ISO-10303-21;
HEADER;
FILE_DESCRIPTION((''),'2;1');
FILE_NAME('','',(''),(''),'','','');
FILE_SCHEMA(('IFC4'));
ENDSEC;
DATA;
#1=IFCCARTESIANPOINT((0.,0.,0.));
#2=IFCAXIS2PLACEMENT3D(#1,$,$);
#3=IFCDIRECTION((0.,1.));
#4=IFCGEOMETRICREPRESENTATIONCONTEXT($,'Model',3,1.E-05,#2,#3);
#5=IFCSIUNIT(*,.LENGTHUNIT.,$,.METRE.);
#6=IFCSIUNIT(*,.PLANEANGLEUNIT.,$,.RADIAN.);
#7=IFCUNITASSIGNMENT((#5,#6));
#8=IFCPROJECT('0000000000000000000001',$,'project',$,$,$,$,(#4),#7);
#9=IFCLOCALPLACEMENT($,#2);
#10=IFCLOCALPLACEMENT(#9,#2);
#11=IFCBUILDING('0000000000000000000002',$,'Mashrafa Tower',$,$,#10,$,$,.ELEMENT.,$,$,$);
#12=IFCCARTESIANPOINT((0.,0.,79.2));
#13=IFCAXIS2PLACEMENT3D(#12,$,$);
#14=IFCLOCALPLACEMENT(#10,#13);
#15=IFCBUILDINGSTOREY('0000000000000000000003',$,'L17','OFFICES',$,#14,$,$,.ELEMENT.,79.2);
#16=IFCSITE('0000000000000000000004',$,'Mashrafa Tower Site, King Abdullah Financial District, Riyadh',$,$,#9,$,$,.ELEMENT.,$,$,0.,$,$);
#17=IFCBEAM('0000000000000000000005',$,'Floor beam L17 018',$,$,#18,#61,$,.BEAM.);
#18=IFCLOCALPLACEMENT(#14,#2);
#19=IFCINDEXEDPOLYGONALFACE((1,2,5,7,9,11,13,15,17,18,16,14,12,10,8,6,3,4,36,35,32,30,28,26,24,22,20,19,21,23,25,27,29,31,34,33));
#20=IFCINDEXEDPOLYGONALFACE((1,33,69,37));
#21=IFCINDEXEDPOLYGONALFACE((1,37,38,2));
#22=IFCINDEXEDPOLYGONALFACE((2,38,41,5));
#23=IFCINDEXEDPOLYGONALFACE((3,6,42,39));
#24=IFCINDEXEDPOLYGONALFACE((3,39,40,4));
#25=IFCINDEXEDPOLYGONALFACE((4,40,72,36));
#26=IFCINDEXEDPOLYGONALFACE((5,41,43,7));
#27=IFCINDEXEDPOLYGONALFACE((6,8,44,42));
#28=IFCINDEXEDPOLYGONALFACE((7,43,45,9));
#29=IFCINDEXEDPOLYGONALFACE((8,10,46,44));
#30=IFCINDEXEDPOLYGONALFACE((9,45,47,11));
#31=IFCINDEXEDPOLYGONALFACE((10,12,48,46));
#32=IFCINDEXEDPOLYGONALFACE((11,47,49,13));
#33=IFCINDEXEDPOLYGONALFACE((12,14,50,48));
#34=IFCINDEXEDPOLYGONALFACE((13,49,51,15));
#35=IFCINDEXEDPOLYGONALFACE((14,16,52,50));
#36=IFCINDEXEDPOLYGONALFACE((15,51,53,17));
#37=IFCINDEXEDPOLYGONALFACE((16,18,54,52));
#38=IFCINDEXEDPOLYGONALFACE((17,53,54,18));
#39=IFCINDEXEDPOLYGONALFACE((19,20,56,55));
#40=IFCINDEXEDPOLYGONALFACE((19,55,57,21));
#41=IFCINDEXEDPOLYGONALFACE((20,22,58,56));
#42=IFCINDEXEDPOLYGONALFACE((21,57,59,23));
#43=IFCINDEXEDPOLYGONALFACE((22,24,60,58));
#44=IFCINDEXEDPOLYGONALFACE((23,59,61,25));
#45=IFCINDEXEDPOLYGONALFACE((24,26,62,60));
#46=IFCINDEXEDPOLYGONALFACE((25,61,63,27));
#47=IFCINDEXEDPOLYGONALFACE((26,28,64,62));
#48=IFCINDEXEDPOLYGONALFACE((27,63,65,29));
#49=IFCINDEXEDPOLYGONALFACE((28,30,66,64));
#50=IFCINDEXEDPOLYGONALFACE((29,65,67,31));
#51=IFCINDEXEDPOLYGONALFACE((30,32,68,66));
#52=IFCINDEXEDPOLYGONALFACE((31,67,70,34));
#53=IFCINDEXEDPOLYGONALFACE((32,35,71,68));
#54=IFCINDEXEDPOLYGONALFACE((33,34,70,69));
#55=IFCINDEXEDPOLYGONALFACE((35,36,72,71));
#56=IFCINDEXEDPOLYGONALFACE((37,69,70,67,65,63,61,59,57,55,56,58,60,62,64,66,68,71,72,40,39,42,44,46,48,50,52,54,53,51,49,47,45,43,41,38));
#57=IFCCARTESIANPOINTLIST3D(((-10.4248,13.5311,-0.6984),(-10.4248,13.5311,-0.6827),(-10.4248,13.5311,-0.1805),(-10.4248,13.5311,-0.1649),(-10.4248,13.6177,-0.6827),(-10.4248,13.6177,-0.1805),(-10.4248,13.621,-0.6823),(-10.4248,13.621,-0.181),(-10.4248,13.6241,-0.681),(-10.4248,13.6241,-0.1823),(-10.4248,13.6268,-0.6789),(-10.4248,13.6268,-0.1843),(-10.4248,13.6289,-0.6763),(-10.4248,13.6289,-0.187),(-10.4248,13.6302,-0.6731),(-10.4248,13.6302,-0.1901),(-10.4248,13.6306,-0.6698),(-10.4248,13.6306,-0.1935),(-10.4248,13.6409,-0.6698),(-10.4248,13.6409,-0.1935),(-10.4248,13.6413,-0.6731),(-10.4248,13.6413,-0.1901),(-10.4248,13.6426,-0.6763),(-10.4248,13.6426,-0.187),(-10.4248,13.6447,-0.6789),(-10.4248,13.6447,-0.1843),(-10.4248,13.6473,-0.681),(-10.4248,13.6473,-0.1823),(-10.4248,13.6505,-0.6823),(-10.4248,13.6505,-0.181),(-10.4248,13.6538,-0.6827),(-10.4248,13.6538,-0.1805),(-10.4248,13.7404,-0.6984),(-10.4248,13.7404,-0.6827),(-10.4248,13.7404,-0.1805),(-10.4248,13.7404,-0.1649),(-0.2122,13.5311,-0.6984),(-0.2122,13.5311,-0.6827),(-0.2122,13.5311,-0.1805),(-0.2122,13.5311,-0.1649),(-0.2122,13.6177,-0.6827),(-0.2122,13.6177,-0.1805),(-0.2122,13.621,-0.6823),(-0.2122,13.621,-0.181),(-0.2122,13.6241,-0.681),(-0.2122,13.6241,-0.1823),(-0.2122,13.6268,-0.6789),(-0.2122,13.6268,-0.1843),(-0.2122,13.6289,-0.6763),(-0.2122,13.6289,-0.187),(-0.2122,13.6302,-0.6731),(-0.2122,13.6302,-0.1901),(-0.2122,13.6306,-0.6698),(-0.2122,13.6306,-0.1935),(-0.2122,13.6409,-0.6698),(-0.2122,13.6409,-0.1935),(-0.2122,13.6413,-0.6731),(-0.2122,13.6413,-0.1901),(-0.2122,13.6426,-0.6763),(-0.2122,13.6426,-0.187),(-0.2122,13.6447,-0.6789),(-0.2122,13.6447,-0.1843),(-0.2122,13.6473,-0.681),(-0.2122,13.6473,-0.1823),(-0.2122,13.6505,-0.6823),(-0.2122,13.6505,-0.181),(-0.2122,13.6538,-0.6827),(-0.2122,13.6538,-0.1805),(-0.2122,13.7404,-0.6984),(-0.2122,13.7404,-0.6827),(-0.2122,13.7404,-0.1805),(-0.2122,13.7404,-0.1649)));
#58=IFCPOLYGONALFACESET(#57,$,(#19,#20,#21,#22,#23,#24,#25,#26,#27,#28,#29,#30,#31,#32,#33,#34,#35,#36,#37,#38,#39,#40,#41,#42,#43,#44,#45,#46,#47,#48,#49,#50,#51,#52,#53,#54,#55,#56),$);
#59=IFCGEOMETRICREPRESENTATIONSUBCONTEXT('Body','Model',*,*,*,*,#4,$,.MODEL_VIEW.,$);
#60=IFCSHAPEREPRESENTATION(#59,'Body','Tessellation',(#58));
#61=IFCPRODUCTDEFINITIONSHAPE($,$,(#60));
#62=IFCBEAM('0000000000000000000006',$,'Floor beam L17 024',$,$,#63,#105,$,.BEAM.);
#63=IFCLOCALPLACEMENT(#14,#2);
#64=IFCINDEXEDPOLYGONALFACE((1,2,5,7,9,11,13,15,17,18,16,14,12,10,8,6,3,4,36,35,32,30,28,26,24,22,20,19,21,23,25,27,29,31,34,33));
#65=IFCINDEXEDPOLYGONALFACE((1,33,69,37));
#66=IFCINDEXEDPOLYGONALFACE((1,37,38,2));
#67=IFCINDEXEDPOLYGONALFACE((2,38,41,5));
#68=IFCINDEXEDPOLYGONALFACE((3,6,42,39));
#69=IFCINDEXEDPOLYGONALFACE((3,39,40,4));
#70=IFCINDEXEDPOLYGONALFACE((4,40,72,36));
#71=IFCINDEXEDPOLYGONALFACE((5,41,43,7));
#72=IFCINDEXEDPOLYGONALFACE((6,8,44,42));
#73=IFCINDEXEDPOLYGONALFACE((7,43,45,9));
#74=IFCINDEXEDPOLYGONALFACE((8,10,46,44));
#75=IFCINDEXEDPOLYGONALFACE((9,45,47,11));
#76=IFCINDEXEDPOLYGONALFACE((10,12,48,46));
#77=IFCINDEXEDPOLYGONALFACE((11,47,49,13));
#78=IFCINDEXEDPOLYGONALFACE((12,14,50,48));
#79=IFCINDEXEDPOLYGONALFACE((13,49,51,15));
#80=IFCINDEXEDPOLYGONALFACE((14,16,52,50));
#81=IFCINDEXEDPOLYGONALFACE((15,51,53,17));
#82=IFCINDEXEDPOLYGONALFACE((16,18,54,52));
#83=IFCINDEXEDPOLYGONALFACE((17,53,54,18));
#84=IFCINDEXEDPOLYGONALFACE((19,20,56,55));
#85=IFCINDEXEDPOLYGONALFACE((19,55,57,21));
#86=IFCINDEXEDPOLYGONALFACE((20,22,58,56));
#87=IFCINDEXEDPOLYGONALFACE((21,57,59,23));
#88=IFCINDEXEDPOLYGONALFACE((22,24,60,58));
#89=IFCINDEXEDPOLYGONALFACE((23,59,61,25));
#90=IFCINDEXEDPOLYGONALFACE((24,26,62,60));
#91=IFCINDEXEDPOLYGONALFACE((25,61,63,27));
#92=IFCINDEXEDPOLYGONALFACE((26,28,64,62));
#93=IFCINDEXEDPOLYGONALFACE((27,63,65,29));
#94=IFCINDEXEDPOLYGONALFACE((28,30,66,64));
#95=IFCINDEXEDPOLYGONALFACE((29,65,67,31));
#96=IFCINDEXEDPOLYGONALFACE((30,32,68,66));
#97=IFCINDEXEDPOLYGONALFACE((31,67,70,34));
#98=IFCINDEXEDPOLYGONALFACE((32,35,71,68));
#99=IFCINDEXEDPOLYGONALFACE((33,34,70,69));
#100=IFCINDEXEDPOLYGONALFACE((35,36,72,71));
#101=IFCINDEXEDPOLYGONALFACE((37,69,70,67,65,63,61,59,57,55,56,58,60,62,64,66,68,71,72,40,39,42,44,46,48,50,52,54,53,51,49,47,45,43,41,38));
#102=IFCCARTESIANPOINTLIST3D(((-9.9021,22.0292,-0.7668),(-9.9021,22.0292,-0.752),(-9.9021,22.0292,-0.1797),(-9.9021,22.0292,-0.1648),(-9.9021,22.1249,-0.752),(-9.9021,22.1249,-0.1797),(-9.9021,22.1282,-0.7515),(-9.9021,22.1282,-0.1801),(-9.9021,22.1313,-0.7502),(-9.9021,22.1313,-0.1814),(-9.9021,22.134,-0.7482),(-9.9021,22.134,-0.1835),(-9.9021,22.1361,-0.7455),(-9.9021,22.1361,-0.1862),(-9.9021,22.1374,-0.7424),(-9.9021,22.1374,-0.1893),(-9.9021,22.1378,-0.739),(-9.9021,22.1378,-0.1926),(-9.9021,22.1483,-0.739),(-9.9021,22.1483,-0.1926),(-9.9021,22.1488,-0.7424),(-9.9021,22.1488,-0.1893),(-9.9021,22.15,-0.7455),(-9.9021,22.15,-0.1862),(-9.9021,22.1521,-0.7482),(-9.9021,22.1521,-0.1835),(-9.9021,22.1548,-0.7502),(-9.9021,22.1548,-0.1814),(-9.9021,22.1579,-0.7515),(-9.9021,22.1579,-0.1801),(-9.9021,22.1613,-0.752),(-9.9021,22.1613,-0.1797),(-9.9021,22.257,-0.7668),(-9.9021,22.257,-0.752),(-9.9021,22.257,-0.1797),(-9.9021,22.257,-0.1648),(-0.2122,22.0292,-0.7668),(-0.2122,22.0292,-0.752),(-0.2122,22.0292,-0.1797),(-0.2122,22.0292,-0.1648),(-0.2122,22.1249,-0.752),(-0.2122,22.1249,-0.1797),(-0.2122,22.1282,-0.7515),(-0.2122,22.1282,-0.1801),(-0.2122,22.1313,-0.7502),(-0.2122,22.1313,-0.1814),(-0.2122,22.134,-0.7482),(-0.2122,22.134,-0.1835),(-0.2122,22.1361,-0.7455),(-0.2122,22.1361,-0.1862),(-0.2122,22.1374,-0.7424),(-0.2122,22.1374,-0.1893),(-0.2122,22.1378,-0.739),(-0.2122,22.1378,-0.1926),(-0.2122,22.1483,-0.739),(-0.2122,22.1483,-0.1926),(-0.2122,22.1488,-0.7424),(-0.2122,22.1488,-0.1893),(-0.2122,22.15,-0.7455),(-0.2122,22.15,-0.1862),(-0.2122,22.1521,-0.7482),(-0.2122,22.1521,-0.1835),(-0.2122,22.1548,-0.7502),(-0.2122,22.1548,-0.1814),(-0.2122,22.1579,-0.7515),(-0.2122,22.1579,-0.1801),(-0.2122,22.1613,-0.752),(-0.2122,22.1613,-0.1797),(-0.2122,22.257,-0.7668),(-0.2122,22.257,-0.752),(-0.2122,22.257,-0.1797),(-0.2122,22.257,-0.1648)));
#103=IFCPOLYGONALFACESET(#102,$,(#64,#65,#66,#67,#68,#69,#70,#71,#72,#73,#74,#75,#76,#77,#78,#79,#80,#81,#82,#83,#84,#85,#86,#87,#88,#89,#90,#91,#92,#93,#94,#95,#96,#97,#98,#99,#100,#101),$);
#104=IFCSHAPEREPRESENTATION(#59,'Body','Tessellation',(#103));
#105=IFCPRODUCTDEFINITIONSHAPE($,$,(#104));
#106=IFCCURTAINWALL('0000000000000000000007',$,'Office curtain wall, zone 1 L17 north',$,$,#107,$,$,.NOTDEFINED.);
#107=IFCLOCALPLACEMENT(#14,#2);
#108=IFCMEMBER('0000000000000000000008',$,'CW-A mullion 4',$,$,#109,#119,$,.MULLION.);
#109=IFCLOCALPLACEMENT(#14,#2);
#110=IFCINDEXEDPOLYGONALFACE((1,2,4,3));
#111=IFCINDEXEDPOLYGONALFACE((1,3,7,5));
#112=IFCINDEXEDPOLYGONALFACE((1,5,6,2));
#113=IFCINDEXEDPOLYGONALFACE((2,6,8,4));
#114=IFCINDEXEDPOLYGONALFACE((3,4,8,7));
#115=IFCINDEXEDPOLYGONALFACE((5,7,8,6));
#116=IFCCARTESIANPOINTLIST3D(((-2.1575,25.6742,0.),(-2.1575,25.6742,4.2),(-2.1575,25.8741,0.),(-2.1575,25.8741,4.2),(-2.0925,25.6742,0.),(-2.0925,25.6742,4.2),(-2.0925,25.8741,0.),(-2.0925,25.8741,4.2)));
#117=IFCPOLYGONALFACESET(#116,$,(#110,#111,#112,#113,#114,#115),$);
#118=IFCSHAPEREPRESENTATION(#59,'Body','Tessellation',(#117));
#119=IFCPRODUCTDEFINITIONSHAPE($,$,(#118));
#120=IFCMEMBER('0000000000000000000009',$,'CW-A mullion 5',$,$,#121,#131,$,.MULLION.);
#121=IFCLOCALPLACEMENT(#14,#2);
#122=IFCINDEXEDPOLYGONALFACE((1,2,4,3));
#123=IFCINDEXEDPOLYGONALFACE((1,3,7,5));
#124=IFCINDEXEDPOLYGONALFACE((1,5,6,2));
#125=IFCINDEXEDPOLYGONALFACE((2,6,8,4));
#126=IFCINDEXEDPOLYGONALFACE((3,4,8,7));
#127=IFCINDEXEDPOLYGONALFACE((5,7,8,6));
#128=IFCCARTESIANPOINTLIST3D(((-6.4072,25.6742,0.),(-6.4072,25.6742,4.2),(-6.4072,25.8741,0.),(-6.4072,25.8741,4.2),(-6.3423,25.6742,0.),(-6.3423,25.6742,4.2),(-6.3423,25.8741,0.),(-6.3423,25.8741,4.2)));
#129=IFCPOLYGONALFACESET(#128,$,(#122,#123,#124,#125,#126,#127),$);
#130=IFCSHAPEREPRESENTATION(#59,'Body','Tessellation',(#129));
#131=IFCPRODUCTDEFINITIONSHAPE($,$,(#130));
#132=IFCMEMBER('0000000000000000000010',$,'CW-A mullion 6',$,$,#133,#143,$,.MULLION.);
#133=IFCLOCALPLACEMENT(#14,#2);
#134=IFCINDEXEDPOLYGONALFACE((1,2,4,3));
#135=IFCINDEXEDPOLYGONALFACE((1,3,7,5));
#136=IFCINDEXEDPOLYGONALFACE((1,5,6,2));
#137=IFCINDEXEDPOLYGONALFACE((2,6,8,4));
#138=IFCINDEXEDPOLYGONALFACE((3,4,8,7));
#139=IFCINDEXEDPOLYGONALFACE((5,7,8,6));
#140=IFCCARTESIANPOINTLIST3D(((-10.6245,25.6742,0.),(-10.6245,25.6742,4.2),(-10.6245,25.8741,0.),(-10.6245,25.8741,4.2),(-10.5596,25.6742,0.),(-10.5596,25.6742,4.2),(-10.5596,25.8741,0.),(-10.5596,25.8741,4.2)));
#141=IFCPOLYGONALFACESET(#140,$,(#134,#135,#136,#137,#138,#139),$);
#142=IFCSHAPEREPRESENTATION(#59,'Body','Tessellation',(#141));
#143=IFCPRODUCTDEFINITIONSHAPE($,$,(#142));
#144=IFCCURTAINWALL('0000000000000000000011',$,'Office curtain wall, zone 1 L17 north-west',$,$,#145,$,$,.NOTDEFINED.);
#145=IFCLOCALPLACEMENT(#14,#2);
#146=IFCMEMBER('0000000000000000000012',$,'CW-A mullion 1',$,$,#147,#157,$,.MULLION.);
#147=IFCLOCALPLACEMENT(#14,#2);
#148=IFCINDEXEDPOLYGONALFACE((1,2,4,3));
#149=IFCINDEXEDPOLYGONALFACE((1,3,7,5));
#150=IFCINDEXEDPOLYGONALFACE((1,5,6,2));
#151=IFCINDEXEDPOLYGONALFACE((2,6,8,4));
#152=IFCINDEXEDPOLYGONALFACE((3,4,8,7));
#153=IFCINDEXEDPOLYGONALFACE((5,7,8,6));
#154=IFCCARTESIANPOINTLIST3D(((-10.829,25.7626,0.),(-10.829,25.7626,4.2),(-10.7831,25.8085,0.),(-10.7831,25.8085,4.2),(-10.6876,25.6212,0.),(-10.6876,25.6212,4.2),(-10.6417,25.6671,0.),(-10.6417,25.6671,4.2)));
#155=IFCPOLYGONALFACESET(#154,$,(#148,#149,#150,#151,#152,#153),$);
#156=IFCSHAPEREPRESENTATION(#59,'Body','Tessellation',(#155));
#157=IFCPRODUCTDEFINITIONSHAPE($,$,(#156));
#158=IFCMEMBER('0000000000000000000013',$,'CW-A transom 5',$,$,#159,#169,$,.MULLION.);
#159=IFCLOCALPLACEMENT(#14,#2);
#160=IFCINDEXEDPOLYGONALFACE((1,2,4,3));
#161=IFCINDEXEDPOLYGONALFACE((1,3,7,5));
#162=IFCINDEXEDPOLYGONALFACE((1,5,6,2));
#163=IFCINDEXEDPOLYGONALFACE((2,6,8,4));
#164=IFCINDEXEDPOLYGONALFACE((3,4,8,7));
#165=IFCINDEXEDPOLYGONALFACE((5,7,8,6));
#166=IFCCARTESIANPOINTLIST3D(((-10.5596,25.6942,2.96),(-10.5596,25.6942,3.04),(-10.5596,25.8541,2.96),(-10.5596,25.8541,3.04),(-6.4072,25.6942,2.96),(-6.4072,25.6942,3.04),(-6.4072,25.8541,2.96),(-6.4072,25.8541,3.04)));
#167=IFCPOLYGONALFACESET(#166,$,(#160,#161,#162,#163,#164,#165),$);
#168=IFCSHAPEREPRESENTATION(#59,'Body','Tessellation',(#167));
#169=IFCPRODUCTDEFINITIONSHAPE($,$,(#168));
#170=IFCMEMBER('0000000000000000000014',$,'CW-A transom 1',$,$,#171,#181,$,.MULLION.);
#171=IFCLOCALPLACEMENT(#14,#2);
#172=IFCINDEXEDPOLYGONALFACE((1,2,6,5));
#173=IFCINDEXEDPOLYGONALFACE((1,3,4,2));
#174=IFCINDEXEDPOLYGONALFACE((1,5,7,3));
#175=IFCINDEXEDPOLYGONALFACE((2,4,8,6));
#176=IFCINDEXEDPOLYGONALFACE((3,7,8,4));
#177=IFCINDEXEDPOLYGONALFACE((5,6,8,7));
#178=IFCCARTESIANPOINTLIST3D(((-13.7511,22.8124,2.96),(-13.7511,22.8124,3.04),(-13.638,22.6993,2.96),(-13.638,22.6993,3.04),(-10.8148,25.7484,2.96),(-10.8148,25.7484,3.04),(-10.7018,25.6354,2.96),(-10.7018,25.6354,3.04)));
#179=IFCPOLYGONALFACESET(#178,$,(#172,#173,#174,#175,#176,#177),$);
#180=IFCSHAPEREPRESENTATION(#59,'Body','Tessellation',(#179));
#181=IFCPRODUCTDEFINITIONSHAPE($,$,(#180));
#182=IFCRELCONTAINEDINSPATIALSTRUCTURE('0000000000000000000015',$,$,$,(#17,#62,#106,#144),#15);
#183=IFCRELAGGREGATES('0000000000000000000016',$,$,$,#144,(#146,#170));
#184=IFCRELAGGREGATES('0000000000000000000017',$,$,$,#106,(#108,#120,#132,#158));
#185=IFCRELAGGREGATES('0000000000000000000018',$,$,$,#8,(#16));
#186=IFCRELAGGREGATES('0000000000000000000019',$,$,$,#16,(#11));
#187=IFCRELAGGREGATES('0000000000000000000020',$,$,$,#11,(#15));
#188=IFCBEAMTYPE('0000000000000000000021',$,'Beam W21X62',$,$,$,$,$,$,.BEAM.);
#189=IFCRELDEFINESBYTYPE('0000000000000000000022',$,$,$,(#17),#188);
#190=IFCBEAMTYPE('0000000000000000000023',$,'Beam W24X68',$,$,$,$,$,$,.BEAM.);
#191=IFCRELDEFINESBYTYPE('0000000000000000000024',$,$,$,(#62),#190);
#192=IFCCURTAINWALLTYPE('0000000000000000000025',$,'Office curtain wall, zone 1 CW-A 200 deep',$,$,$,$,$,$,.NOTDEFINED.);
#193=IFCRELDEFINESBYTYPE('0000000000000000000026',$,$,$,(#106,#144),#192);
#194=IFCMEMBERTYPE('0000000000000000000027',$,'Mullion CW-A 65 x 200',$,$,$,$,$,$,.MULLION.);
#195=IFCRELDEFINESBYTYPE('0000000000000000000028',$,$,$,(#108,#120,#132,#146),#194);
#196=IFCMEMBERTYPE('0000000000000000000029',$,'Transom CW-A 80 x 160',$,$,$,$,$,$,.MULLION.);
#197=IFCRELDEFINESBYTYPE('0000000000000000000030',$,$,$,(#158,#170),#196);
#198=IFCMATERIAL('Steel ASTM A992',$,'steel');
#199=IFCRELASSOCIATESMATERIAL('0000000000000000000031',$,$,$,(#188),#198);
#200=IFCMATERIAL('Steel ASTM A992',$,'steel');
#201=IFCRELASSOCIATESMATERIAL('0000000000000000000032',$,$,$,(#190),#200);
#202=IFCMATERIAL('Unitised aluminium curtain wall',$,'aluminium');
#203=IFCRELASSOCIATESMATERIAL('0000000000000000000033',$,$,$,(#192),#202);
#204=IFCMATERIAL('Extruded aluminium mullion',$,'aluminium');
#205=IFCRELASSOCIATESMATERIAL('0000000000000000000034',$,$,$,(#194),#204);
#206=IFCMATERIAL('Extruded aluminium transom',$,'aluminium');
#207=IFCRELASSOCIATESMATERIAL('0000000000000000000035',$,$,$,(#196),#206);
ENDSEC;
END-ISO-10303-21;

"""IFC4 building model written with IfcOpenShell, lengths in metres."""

from ifc_helpers import new_model, si_unit, direction, frame, origin, origin_2d, place, context, subcontext, project, spatial, rectangle, i_section, extrude, source, transform, mapped, material, material_profile, profile_set, type_object, type_shapes, element, aggregate, save


model = new_model("IFC4")

# Units and contexts
model_context = context("Model", 3, precision=1e-05, world=origin(), true_north=direction((0.0, 1.0)))
body_context = subcontext(model_context, "Body", "Model", "MODEL_VIEW")
ifc_project = project(units=[si_unit("LENGTHUNIT", "METRE"), si_unit("PLANEANGLEUNIT", "RADIAN")], contexts=[model_context])

# Site, building, storey
site_placement = place(None, origin())
site = spatial("IfcSite", under=ifc_project, at=site_placement, Name="Mashrafa Tower Site, King Abdullah Financial District, Riyadh", CompositionType="ELEMENT", RefElevation=0.0)
building_placement = place(site_placement, origin())
building = spatial("IfcBuilding", under=site, at=building_placement, Name="Mashrafa Tower", CompositionType="ELEMENT")
storey_placement = place(building_placement, frame((0.0, 0.0, 79.2)))
storey = spatial("IfcBuildingStorey", under=building, at=storey_placement, Name="L17", Description="OFFICES", CompositionType="ELEMENT", Elevation=79.2)

# Beams
ifc_material_1 = material(Name="Steel ASTM A992", Category="steel")
ifc_material_profile_1 = material_profile(ifc_material_1, i_section(OverallWidth=0.2092, OverallDepth=0.5334, WebThickness=0.0103, FlangeThickness=0.0156, FilletRadius=0.0129, at=origin_2d()), Name="W21X62")
ifc_profile_set_1 = profile_set([ifc_material_profile_1], Name="Steel ASTM A992")
beam_type_1 = type_object("IfcBeamType", Name="Beam W21X62", PredefinedType="BEAM", material=ifc_profile_set_1)
beam_1_placement = place(storey_placement, frame((-10.4248, 13.6357, -0.4316), z_axis=(1.0, 0.0, 0.0), x_axis=(0.0, 1.0, 0.0)))
element("IfcBeam", 1, at=beam_1_placement, inside=storey, type_object=beam_type_1, Name="Floor beam L17 018", PredefinedType="BEAM", context=body_context, shape_type="SweptSolid", body=[
    extrude(i_section(OverallWidth=0.2092, OverallDepth=0.5334, WebThickness=0.0103, FlangeThickness=0.0156, FilletRadius=0.0129, at=origin_2d()), origin(), (0.0, 0.0, 1.0), 10.2126),
])
ifc_material_2 = material(Name="Steel ASTM A992", Category="steel")
ifc_material_profile_2 = material_profile(ifc_material_2, i_section(OverallWidth=0.2278, OverallDepth=0.6021, WebThickness=0.0105, FlangeThickness=0.0149, FilletRadius=0.0129, at=origin_2d()), Name="W24X68")
ifc_profile_set_2 = profile_set([ifc_material_profile_2], Name="Steel ASTM A992")
beam_type_2 = type_object("IfcBeamType", Name="Beam W24X68", PredefinedType="BEAM", material=ifc_profile_set_2)
beam_2_placement = place(storey_placement, frame((-9.9021, 22.1431, -0.4658), z_axis=(1.0, 0.0, 0.0), x_axis=(0.0, 1.0, 0.0)))
element("IfcBeam", 2, at=beam_2_placement, inside=storey, type_object=beam_type_2, Name="Floor beam L17 024", PredefinedType="BEAM", context=body_context, shape_type="SweptSolid", body=[
    extrude(i_section(OverallWidth=0.2278, OverallDepth=0.6021, WebThickness=0.0105, FlangeThickness=0.0149, FilletRadius=0.0129, at=origin_2d()), origin(), (0.0, 0.0, 1.0), 9.6899),
])

# Curtain wall, members
ifc_material_3 = material(Name="Unitised aluminium curtain wall", Category="aluminium")
curtain_wall_type = type_object("IfcCurtainWallType", Name="Office curtain wall, zone 1 CW-A 200 deep", PredefinedType="NOTDEFINED", material=ifc_material_3)
curtain_wall_1_placement = place(storey_placement, origin())
curtain_wall_1 = element("IfcCurtainWall", 3, at=curtain_wall_1_placement, inside=storey, type_object=curtain_wall_type, Name="Office curtain wall, zone 1 L17 north", PredefinedType="NOTDEFINED")
ifc_material_4 = material(Name="Extruded aluminium mullion", Category="aluminium")
ifc_material_profile_3 = material_profile(ifc_material_4, rectangle(XDim=0.2, YDim=0.0649, at=origin_2d()), Name="Mullion 65x200")
ifc_profile_set_3 = profile_set([ifc_material_profile_3], Name="Extruded aluminium mullion")
member_type_1 = type_object("IfcMemberType", Name="Mullion CW-A 65 x 200", PredefinedType="MULLION", material=ifc_profile_set_3)
shared_shape_1 = source(origin(), body_context, "Body", "SweptSolid", [
    extrude(rectangle(XDim=0.2, YDim=0.0649, at=origin_2d()), origin(), (0.0, 0.0, 1.0), 4.2),
])
type_shapes(member_type_1, [shared_shape_1])
member_1_placement = place(storey_placement, frame((-2.125, 25.7742, 0.0), z_axis=(0.0, 0.0, 1.0), x_axis=(0.0, -1.0, 0.0)))
member_1 = element("IfcMember", 4, at=member_1_placement, type_object=member_type_1, Name="CW-A mullion 4", PredefinedType="MULLION", context=body_context, shape_type="MappedRepresentation", body=[
    mapped(shared_shape_1, transform((0.0, 0.0, 0.0))),
])
member_2_placement = place(storey_placement, frame((-6.3748, 25.7742, 0.0), z_axis=(0.0, 0.0, 1.0), x_axis=(0.0, -1.0, 0.0)))
member_2 = element("IfcMember", 5, at=member_2_placement, type_object=member_type_1, Name="CW-A mullion 5", PredefinedType="MULLION", context=body_context, shape_type="MappedRepresentation", body=[
    mapped(shared_shape_1, transform((0.0, 0.0, 0.0))),
])
member_3_placement = place(storey_placement, frame((-10.592, 25.7742, 0.0), z_axis=(0.0, 0.0, 1.0), x_axis=(0.0, -1.0, 0.0)))
member_3 = element("IfcMember", 6, at=member_3_placement, type_object=member_type_1, Name="CW-A mullion 6", PredefinedType="MULLION", context=body_context, shape_type="MappedRepresentation", body=[
    mapped(shared_shape_1, transform((0.0, 0.0, 0.0))),
])

# Curtain wall, member
curtain_wall_2_placement = place(storey_placement, origin())
curtain_wall_2 = element("IfcCurtainWall", 7, at=curtain_wall_2_placement, inside=storey, type_object=curtain_wall_type, Name="Office curtain wall, zone 1 L17 north-west", PredefinedType="NOTDEFINED")
member_4_placement = place(storey_placement, frame((-10.7354, 25.7148, 0.0), z_axis=(0.0, 0.0, 1.0), x_axis=(0.707107, -0.707107, 0.0)))
member_4 = element("IfcMember", 8, at=member_4_placement, type_object=member_type_1, Name="CW-A mullion 1", PredefinedType="MULLION", context=body_context, shape_type="MappedRepresentation", body=[
    mapped(shared_shape_1, transform((0.0, 0.0, 0.0))),
])

# Members
ifc_material_5 = material(Name="Extruded aluminium transom", Category="aluminium")
ifc_material_profile_4 = material_profile(ifc_material_5, rectangle(XDim=0.1599, YDim=0.0801, at=origin_2d()), Name="Transom 80x160")
ifc_profile_set_4 = profile_set([ifc_material_profile_4], Name="Extruded aluminium transom")
member_type_2 = type_object("IfcMemberType", Name="Transom CW-A 80 x 160", PredefinedType="MULLION", material=ifc_profile_set_4)
shared_shape_2 = source(origin(), body_context, "Body", "SweptSolid", [
    extrude(rectangle(XDim=0.1599, YDim=0.0801, at=origin_2d()), origin(), (0.0, 0.0, 1.0), 4.1523),
])
member_5_placement = place(storey_placement, frame((-6.4072, 25.7742, 3.0), z_axis=(-1.0, 0.0, 0.0), x_axis=(0.0, -1.0, 0.0)))
member_5 = element("IfcMember", 9, at=member_5_placement, type_object=member_type_2, Name="CW-A transom 5", PredefinedType="MULLION", context=body_context, shape_type="MappedRepresentation", body=[
    mapped(shared_shape_2, transform((0.0, 0.0, 0.0))),
])
member_6_placement = place(storey_placement, frame((-10.7583, 25.6919, 3.0), z_axis=(-0.707136, -0.707077, 0.0), x_axis=(0.707077, -0.707136, 0.0)))
member_6 = element("IfcMember", 10, at=member_6_placement, type_object=member_type_2, Name="CW-A transom 1", PredefinedType="MULLION", context=body_context, shape_type="MappedRepresentation", body=[
    mapped(shared_shape_2, transform((0.0, 0.0, 0.0))),
])

aggregate(curtain_wall_2, [member_4, member_6])
aggregate(curtain_wall_1, [member_1, member_2, member_3, member_5])

save(model, "model.ifc")
